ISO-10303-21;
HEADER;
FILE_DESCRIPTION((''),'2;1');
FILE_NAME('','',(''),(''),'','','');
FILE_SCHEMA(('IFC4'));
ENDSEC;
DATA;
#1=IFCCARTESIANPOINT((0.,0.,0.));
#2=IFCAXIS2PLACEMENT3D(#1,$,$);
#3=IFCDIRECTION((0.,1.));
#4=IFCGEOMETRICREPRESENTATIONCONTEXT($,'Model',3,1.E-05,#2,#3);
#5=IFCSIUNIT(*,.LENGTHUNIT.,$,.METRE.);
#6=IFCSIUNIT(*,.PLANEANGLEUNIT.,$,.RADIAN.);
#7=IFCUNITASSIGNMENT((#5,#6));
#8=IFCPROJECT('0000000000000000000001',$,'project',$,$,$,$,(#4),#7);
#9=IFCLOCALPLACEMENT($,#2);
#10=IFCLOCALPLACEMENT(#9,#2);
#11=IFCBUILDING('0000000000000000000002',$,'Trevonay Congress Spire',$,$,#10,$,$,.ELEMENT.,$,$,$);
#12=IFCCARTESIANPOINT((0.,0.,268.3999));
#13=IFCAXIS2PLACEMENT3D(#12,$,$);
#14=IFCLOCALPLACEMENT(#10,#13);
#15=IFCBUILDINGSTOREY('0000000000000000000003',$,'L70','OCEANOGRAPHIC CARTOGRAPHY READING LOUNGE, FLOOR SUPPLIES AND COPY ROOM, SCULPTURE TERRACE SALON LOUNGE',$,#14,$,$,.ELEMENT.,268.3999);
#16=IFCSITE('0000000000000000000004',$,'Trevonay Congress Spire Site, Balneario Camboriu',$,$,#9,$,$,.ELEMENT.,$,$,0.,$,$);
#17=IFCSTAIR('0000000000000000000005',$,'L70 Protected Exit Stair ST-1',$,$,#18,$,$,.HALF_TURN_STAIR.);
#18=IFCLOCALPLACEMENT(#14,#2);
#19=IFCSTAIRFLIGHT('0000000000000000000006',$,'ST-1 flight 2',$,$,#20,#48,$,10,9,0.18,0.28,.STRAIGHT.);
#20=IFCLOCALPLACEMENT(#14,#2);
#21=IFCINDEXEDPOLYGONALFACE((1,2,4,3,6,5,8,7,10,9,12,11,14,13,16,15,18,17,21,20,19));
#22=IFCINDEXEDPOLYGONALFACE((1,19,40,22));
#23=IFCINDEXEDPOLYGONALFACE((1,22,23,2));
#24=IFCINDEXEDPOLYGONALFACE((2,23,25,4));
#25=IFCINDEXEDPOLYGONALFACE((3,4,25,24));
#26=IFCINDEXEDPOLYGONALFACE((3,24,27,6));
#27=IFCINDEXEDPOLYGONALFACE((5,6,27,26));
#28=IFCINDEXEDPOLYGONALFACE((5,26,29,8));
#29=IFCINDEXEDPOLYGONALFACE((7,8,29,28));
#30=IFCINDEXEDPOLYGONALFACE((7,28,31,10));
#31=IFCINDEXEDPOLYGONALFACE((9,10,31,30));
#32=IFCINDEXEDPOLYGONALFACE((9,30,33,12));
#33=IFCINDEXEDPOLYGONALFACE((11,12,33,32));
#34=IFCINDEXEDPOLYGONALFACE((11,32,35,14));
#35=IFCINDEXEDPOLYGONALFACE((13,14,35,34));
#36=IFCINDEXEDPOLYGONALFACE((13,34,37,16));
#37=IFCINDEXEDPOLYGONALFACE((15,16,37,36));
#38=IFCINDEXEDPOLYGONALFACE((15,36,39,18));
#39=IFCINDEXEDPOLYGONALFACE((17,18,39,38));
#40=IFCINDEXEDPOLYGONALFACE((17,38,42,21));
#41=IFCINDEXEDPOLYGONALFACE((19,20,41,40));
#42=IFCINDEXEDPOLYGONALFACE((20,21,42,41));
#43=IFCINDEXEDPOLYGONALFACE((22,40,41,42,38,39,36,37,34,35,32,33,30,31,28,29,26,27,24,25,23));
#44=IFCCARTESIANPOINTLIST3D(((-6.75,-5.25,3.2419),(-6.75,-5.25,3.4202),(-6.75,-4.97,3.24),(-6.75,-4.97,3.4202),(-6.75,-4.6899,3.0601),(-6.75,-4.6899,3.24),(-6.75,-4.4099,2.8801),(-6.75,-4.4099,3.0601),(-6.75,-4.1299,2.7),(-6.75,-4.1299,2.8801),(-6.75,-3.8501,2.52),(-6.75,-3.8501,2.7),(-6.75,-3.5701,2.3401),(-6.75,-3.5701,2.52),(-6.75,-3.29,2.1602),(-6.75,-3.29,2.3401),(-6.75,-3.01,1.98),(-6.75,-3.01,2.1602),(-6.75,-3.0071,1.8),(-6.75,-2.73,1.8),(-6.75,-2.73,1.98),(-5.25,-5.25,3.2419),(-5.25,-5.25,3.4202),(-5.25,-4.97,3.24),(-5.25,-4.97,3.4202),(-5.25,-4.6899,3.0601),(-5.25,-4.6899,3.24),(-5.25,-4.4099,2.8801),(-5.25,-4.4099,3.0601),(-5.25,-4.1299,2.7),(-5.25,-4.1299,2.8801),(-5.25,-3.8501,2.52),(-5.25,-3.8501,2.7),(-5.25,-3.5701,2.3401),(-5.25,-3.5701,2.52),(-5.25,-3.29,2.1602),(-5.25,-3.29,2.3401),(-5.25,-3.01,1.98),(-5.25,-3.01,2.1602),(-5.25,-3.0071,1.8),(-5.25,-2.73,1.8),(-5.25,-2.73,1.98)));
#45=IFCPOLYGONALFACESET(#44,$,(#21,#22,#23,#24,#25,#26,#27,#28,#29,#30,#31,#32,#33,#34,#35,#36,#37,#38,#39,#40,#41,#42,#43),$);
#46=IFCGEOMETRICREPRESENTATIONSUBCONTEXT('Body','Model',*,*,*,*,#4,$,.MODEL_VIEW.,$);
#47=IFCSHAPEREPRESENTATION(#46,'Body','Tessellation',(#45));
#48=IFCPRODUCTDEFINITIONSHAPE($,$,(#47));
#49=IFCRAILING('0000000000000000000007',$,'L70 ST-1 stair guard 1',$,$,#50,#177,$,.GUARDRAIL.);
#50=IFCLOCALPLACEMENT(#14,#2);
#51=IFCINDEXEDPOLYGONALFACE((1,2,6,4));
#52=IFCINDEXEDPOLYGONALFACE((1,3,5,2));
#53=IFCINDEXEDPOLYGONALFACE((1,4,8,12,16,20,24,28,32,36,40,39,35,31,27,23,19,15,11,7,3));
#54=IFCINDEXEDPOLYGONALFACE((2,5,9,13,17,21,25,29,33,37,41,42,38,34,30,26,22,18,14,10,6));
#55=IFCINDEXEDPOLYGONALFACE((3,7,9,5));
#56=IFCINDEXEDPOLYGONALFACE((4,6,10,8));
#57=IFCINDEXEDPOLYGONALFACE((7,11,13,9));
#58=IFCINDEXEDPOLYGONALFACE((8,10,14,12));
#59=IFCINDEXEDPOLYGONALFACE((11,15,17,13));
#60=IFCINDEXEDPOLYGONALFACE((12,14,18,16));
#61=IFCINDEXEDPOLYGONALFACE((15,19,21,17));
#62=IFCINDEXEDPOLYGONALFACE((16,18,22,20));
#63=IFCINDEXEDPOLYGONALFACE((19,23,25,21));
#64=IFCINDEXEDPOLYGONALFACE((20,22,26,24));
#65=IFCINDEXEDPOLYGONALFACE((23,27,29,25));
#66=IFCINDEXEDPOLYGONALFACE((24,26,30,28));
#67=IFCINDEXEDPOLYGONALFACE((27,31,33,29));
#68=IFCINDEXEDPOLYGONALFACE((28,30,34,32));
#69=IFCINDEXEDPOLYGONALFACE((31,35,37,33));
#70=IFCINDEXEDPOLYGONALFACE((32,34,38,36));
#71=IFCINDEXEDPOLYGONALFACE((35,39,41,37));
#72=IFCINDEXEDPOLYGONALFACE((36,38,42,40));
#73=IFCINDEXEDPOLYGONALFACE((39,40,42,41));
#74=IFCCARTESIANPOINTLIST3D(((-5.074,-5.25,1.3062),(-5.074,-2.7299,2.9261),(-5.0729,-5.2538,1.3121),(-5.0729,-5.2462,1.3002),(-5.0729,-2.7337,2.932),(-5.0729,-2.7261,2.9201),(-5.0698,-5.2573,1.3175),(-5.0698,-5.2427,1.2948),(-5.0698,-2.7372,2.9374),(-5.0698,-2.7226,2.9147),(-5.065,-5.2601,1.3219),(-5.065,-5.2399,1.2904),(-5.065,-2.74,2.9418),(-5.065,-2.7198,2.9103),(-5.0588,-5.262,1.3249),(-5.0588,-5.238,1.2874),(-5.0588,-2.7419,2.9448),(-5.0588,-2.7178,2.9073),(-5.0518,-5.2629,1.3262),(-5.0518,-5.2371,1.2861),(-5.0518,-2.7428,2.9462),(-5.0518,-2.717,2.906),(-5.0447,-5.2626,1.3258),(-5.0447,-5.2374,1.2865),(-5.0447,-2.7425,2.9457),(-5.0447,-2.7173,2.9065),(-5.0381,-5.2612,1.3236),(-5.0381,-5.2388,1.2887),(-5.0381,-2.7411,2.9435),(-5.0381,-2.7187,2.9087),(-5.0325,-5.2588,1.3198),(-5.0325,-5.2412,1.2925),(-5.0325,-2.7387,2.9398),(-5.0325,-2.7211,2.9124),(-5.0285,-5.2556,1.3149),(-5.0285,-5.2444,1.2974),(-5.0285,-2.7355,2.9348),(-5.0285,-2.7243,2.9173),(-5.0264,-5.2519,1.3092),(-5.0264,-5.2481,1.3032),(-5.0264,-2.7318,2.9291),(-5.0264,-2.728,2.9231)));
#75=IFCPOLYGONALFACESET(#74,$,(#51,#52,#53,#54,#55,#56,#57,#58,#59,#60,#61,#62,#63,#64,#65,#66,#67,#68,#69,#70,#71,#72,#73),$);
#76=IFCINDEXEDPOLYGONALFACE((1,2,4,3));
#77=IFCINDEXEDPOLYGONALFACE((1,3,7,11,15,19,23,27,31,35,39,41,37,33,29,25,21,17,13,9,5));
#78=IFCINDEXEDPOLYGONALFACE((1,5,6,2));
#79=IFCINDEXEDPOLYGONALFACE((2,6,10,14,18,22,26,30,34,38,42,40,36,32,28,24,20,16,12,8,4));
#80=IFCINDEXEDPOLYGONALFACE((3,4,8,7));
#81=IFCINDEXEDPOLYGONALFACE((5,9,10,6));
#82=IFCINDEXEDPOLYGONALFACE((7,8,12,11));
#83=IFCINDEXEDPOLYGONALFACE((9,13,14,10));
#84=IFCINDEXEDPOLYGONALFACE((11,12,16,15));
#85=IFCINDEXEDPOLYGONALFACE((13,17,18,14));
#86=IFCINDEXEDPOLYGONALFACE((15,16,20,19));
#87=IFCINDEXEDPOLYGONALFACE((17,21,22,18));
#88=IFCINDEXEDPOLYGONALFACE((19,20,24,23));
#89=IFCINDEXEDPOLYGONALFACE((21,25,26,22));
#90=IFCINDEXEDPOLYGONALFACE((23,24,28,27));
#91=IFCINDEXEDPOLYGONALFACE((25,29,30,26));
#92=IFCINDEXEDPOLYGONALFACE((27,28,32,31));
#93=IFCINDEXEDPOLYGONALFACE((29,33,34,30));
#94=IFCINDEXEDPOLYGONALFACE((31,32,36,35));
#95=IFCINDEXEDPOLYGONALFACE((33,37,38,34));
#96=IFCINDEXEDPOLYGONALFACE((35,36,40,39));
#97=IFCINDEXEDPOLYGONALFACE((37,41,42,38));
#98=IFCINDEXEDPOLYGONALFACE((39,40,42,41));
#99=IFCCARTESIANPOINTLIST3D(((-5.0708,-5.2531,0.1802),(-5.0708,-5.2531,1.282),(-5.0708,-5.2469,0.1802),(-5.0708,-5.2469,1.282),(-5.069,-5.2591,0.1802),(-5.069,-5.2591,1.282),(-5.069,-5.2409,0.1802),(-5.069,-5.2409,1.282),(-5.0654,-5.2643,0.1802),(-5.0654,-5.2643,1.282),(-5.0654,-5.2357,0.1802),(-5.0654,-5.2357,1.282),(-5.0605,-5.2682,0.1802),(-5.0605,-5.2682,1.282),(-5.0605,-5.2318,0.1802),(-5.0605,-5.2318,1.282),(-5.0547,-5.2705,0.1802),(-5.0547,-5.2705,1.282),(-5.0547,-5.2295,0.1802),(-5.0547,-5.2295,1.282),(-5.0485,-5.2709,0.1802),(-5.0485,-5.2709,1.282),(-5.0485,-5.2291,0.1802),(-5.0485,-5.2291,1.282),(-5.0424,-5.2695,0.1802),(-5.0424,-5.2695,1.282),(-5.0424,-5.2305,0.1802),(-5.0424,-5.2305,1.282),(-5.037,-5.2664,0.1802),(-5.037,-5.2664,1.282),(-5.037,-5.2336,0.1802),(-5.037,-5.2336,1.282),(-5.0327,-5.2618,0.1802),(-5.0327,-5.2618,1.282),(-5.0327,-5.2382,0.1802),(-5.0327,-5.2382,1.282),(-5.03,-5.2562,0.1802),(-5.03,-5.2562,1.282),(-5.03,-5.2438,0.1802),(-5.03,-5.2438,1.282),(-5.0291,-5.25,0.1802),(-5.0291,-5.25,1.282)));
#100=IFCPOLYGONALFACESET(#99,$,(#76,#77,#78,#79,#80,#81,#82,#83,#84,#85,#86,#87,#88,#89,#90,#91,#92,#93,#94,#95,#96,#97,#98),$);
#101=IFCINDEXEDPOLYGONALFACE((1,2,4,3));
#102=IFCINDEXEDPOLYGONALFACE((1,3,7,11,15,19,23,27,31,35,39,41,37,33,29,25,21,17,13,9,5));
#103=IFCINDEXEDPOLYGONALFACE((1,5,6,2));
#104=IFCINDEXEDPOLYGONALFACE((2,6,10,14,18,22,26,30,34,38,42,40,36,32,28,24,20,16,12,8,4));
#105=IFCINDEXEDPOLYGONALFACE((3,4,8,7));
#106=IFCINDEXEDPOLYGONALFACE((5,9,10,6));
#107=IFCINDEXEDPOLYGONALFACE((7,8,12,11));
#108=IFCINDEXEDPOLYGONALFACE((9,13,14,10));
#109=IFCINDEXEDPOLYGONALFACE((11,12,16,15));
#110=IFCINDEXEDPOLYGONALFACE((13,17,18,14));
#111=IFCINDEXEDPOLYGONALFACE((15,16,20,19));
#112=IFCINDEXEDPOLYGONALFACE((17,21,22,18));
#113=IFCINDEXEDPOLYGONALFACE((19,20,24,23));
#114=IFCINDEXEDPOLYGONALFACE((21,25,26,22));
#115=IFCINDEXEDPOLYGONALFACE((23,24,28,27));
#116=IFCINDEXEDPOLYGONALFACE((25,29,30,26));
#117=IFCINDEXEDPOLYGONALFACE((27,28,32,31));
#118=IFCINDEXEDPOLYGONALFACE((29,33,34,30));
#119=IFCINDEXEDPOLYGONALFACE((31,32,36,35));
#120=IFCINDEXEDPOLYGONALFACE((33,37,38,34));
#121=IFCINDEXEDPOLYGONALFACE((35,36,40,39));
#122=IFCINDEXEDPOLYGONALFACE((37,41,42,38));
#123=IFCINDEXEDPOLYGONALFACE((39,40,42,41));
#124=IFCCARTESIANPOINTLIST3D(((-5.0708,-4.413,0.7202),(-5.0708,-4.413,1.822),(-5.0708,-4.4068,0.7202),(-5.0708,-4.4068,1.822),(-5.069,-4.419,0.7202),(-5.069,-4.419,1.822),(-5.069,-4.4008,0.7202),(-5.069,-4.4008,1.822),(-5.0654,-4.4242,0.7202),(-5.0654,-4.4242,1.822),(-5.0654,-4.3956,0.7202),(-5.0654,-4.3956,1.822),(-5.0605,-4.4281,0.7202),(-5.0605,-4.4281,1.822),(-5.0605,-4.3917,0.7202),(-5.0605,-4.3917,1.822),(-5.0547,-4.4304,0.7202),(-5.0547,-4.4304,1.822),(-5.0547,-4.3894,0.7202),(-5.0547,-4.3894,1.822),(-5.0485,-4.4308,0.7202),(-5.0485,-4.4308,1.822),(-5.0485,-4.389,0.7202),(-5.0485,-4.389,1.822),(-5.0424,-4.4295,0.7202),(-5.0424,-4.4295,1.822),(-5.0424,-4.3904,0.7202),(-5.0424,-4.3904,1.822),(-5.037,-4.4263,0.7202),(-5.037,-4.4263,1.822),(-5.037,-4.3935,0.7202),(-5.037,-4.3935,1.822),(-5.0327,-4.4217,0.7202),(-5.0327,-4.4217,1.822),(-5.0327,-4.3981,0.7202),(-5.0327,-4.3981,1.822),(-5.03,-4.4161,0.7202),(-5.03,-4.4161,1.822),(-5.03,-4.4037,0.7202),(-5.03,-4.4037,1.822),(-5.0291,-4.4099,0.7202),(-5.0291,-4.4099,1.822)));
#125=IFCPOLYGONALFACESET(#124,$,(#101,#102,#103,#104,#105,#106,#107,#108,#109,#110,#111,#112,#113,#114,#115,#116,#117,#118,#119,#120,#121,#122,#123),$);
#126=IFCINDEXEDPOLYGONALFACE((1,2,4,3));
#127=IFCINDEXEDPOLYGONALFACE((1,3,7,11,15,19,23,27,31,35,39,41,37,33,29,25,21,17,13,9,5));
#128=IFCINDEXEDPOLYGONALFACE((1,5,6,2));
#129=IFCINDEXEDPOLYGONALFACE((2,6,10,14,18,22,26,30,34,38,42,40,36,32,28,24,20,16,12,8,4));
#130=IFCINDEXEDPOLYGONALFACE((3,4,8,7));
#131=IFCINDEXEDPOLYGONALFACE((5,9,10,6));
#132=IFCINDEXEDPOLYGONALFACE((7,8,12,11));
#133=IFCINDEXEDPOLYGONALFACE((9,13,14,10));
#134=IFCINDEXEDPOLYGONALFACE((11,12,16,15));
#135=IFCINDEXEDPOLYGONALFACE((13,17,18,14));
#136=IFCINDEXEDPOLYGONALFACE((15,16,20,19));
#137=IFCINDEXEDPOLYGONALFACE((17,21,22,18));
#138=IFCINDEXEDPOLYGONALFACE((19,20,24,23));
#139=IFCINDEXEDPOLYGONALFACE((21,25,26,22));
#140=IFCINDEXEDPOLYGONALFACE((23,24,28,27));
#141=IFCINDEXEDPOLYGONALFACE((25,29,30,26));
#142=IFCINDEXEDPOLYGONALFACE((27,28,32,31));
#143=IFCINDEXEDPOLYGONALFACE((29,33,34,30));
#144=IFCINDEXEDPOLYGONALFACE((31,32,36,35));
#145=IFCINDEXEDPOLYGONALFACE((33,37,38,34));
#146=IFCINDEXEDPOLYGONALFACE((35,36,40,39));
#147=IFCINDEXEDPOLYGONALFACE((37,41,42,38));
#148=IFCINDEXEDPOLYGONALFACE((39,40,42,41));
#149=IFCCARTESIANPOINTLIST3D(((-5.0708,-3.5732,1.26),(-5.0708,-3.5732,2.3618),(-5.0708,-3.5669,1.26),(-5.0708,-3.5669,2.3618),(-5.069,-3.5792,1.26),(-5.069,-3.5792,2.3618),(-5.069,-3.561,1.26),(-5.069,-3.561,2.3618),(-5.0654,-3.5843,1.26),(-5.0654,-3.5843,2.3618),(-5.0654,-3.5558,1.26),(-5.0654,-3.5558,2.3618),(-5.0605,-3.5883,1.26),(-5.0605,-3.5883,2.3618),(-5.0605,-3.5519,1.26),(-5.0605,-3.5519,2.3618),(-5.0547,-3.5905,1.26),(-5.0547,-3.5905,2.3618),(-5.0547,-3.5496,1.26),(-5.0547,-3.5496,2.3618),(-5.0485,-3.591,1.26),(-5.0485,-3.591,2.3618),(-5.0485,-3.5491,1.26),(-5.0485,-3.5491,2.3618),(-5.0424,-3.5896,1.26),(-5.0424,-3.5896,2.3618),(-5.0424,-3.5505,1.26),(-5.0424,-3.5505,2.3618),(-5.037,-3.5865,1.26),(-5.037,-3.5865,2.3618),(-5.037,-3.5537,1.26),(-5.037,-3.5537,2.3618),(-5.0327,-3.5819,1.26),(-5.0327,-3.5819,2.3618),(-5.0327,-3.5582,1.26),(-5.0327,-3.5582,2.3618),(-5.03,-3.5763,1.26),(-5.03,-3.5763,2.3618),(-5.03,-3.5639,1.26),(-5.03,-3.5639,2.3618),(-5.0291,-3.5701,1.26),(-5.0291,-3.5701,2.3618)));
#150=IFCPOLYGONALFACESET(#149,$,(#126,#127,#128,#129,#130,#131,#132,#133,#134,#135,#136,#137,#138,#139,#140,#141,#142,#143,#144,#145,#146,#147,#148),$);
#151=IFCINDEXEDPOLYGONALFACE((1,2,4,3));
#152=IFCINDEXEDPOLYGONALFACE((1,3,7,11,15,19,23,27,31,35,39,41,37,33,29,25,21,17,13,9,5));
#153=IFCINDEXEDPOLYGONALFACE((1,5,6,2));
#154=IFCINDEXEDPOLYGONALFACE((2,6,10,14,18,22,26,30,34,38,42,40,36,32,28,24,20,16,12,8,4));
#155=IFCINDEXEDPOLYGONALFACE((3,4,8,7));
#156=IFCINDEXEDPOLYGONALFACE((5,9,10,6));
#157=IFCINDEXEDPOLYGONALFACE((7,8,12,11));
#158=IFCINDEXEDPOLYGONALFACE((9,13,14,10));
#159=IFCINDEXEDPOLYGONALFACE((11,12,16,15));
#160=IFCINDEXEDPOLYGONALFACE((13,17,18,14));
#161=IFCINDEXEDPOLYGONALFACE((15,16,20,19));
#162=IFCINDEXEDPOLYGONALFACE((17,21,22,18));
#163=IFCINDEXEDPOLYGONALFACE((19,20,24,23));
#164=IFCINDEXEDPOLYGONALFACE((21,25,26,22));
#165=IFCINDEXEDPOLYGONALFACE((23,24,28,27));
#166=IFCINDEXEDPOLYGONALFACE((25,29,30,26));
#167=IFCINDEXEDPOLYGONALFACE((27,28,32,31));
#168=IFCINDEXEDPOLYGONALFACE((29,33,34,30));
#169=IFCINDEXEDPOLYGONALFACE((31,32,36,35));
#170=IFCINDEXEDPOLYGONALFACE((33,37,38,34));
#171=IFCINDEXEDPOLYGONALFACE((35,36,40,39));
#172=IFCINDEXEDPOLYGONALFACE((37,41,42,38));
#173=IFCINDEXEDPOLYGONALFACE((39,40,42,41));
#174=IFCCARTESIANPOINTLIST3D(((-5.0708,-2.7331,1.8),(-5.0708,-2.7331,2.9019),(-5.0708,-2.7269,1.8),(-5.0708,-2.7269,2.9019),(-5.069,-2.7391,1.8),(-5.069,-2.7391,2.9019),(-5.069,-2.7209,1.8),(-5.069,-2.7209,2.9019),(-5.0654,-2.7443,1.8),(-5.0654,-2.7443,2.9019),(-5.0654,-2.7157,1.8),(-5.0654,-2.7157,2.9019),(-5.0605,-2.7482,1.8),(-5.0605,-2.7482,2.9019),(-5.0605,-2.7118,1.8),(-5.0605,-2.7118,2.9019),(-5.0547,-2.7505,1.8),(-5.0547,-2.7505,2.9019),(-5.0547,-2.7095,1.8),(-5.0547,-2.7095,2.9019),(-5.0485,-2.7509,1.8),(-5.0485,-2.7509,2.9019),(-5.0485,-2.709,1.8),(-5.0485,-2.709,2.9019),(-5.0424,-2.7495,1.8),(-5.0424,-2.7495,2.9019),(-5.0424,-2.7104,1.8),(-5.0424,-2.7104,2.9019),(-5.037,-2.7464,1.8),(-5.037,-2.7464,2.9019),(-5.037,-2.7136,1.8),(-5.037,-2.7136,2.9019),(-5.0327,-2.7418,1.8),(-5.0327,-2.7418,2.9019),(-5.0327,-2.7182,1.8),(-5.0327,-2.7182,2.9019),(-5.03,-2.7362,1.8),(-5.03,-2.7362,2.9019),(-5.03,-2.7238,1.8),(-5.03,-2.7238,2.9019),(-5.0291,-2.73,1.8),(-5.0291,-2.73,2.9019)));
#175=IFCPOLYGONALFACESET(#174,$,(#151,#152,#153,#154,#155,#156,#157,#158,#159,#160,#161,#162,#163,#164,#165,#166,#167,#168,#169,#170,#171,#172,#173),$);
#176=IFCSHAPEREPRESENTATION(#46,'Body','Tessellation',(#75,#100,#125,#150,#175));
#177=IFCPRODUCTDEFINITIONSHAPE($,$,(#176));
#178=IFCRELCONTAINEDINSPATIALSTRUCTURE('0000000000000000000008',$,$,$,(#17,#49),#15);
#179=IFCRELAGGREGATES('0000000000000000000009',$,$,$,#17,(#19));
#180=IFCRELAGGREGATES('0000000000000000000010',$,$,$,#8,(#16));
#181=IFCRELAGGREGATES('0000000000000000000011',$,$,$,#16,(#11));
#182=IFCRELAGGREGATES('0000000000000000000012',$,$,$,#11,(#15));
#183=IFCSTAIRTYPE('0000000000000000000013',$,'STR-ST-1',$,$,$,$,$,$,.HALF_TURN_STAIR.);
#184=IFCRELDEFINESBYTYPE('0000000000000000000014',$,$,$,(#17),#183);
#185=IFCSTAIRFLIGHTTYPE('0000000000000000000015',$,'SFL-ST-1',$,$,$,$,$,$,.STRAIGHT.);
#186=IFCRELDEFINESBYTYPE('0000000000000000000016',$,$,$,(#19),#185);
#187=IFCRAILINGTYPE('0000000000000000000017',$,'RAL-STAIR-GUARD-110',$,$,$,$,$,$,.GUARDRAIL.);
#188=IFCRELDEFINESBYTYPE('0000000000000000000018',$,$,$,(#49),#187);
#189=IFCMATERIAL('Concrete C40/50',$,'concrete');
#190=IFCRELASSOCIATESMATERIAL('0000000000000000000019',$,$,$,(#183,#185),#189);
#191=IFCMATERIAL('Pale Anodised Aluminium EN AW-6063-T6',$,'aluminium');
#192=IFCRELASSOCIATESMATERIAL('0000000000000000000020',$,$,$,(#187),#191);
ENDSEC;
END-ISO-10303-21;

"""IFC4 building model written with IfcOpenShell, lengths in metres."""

from ifc_helpers import new_model, si_unit, direction, frame, origin, origin_2d, place, context, subcontext, project, spatial, polyline, circle, outline, extrude, material, type_object, element, aggregate, save


model = new_model("IFC4")

# Units and contexts
model_context = context("Model", 3, precision=1e-05, world=origin(), true_north=direction((0.0, 1.0)))
body_context = subcontext(model_context, "Body", "Model", "MODEL_VIEW")
ifc_project = project(units=[si_unit("LENGTHUNIT", "METRE"), si_unit("PLANEANGLEUNIT", "RADIAN")], contexts=[model_context])

# Site, building, storey
site_placement = place(None, origin())
site = spatial("IfcSite", under=ifc_project, at=site_placement, Name="Trevonay Congress Spire Site, Balneario Camboriu", CompositionType="ELEMENT", RefElevation=0.0)
building_placement = place(site_placement, origin())
building = spatial("IfcBuilding", under=site, at=building_placement, Name="Trevonay Congress Spire", CompositionType="ELEMENT")
storey_placement = place(building_placement, frame((0.0, 0.0, 268.3999)))
storey = spatial("IfcBuildingStorey", under=building, at=storey_placement, Name="L70", Description="OCEANOGRAPHIC CARTOGRAPHY READING LOUNGE, FLOOR SUPPLIES AND COPY ROOM, SCULPTURE TERRACE SALON LOUNGE", CompositionType="ELEMENT", Elevation=268.3999)

# Shared definitions
ifc_material_1 = material(Name="Concrete C40/50", Category="concrete")

# Stair, stair flight
stair_type = type_object("IfcStairType", Name="STR-ST-1", PredefinedType="HALF_TURN_STAIR", material=ifc_material_1)
stair_placement = place(storey_placement, origin())
stair = element("IfcStair", 1, at=stair_placement, inside=storey, type_object=stair_type, Name="L70 Protected Exit Stair ST-1", PredefinedType="HALF_TURN_STAIR")
stair_flight_type = type_object("IfcStairFlightType", Name="SFL-ST-1", PredefinedType="STRAIGHT", material=ifc_material_1)
stair_flight_1_placement = place(storey_placement, frame((-6.0, -2.73, 1.8), z_axis=(0.0, 0.0, 1.0), x_axis=(0.0, -1.0, 0.0)))
stair_flight_1 = element("IfcStairFlight", 2, at=stair_flight_1_placement, type_object=stair_flight_type, Name="ST-1 flight 2", NumberOfRisers=10, NumberOfTreads=9, PredefinedType="STRAIGHT", RiserHeight=0.18, TreadLength=0.28, context=body_context, shape_type="SweptSolid", body=[
    extrude(outline(polyline([(0.0, 0.0), (0.0, 0.1799), (0.28, 0.1799), (0.28, 0.3601), (0.5601, 0.3601), (0.5601, 0.54), (0.8401, 0.54), (0.8401, 0.72), (1.1201, 0.72), (1.1201, 0.8999), (1.3999, 0.8999), (1.3999, 1.0801), (1.6799, 1.0801), (1.6799, 1.26), (1.96, 1.26), (1.96, 1.4399), (2.24, 1.4399), (2.24, 1.6201), (2.52, 1.6201), (2.52, 1.8), (2.52, 1.4419), (0.2771, 0.0), (0.0, 0.0)])), frame((0.0, 0.75, 0.0), z_axis=(0.0, -1.0, 0.0), x_axis=(1.0, 0.0, 0.0)), (0.0, 0.0, 1.0), 1.5),
])
aggregate(stair, [stair_flight_1])

# Railing
ifc_material_2 = material(Name="Pale Anodised Aluminium EN AW-6063-T6", Category="aluminium")
railing_type_1 = type_object("IfcRailingType", Name="RAL-STAIR-GUARD-110", PredefinedType="GUARDRAIL", material=ifc_material_2)
railing_1_placement = place(storey_placement, frame((-5.05, -5.25, 0.1802)))
element("IfcRailing", 3, at=railing_1_placement, inside=storey, type_object=railing_type_1, Name="L70 ST-1 stair guard 1", PredefinedType="GUARDRAIL", context=body_context, shape_type="SweptSolid", body=[
    extrude(circle(Radius=0.0239, at=origin_2d()), frame((0.0, 0.0, 1.126), z_axis=(0.0, 0.8412, 0.540725), x_axis=(-1.0, 0.0, 0.0)), (0.0, 0.0, 1.0), 2.9958),
    extrude(circle(Radius=0.021, at=origin_2d()), origin(), (0.0, 0.0, 1.0), 1.1018),
    extrude(circle(Radius=0.021, at=origin_2d()), frame((0.0, 0.8401, 0.54)), (0.0, 0.0, 1.0), 1.1018),
    extrude(circle(Radius=0.021, at=origin_2d()), frame((0.0, 1.6799, 1.0798)), (0.0, 0.0, 1.0), 1.1018),
    extrude(circle(Radius=0.021, at=origin_2d()), frame((0.0, 2.52, 1.6199)), (0.0, 0.0, 1.0), 1.1018),
])

save(model, "model.ifc")
